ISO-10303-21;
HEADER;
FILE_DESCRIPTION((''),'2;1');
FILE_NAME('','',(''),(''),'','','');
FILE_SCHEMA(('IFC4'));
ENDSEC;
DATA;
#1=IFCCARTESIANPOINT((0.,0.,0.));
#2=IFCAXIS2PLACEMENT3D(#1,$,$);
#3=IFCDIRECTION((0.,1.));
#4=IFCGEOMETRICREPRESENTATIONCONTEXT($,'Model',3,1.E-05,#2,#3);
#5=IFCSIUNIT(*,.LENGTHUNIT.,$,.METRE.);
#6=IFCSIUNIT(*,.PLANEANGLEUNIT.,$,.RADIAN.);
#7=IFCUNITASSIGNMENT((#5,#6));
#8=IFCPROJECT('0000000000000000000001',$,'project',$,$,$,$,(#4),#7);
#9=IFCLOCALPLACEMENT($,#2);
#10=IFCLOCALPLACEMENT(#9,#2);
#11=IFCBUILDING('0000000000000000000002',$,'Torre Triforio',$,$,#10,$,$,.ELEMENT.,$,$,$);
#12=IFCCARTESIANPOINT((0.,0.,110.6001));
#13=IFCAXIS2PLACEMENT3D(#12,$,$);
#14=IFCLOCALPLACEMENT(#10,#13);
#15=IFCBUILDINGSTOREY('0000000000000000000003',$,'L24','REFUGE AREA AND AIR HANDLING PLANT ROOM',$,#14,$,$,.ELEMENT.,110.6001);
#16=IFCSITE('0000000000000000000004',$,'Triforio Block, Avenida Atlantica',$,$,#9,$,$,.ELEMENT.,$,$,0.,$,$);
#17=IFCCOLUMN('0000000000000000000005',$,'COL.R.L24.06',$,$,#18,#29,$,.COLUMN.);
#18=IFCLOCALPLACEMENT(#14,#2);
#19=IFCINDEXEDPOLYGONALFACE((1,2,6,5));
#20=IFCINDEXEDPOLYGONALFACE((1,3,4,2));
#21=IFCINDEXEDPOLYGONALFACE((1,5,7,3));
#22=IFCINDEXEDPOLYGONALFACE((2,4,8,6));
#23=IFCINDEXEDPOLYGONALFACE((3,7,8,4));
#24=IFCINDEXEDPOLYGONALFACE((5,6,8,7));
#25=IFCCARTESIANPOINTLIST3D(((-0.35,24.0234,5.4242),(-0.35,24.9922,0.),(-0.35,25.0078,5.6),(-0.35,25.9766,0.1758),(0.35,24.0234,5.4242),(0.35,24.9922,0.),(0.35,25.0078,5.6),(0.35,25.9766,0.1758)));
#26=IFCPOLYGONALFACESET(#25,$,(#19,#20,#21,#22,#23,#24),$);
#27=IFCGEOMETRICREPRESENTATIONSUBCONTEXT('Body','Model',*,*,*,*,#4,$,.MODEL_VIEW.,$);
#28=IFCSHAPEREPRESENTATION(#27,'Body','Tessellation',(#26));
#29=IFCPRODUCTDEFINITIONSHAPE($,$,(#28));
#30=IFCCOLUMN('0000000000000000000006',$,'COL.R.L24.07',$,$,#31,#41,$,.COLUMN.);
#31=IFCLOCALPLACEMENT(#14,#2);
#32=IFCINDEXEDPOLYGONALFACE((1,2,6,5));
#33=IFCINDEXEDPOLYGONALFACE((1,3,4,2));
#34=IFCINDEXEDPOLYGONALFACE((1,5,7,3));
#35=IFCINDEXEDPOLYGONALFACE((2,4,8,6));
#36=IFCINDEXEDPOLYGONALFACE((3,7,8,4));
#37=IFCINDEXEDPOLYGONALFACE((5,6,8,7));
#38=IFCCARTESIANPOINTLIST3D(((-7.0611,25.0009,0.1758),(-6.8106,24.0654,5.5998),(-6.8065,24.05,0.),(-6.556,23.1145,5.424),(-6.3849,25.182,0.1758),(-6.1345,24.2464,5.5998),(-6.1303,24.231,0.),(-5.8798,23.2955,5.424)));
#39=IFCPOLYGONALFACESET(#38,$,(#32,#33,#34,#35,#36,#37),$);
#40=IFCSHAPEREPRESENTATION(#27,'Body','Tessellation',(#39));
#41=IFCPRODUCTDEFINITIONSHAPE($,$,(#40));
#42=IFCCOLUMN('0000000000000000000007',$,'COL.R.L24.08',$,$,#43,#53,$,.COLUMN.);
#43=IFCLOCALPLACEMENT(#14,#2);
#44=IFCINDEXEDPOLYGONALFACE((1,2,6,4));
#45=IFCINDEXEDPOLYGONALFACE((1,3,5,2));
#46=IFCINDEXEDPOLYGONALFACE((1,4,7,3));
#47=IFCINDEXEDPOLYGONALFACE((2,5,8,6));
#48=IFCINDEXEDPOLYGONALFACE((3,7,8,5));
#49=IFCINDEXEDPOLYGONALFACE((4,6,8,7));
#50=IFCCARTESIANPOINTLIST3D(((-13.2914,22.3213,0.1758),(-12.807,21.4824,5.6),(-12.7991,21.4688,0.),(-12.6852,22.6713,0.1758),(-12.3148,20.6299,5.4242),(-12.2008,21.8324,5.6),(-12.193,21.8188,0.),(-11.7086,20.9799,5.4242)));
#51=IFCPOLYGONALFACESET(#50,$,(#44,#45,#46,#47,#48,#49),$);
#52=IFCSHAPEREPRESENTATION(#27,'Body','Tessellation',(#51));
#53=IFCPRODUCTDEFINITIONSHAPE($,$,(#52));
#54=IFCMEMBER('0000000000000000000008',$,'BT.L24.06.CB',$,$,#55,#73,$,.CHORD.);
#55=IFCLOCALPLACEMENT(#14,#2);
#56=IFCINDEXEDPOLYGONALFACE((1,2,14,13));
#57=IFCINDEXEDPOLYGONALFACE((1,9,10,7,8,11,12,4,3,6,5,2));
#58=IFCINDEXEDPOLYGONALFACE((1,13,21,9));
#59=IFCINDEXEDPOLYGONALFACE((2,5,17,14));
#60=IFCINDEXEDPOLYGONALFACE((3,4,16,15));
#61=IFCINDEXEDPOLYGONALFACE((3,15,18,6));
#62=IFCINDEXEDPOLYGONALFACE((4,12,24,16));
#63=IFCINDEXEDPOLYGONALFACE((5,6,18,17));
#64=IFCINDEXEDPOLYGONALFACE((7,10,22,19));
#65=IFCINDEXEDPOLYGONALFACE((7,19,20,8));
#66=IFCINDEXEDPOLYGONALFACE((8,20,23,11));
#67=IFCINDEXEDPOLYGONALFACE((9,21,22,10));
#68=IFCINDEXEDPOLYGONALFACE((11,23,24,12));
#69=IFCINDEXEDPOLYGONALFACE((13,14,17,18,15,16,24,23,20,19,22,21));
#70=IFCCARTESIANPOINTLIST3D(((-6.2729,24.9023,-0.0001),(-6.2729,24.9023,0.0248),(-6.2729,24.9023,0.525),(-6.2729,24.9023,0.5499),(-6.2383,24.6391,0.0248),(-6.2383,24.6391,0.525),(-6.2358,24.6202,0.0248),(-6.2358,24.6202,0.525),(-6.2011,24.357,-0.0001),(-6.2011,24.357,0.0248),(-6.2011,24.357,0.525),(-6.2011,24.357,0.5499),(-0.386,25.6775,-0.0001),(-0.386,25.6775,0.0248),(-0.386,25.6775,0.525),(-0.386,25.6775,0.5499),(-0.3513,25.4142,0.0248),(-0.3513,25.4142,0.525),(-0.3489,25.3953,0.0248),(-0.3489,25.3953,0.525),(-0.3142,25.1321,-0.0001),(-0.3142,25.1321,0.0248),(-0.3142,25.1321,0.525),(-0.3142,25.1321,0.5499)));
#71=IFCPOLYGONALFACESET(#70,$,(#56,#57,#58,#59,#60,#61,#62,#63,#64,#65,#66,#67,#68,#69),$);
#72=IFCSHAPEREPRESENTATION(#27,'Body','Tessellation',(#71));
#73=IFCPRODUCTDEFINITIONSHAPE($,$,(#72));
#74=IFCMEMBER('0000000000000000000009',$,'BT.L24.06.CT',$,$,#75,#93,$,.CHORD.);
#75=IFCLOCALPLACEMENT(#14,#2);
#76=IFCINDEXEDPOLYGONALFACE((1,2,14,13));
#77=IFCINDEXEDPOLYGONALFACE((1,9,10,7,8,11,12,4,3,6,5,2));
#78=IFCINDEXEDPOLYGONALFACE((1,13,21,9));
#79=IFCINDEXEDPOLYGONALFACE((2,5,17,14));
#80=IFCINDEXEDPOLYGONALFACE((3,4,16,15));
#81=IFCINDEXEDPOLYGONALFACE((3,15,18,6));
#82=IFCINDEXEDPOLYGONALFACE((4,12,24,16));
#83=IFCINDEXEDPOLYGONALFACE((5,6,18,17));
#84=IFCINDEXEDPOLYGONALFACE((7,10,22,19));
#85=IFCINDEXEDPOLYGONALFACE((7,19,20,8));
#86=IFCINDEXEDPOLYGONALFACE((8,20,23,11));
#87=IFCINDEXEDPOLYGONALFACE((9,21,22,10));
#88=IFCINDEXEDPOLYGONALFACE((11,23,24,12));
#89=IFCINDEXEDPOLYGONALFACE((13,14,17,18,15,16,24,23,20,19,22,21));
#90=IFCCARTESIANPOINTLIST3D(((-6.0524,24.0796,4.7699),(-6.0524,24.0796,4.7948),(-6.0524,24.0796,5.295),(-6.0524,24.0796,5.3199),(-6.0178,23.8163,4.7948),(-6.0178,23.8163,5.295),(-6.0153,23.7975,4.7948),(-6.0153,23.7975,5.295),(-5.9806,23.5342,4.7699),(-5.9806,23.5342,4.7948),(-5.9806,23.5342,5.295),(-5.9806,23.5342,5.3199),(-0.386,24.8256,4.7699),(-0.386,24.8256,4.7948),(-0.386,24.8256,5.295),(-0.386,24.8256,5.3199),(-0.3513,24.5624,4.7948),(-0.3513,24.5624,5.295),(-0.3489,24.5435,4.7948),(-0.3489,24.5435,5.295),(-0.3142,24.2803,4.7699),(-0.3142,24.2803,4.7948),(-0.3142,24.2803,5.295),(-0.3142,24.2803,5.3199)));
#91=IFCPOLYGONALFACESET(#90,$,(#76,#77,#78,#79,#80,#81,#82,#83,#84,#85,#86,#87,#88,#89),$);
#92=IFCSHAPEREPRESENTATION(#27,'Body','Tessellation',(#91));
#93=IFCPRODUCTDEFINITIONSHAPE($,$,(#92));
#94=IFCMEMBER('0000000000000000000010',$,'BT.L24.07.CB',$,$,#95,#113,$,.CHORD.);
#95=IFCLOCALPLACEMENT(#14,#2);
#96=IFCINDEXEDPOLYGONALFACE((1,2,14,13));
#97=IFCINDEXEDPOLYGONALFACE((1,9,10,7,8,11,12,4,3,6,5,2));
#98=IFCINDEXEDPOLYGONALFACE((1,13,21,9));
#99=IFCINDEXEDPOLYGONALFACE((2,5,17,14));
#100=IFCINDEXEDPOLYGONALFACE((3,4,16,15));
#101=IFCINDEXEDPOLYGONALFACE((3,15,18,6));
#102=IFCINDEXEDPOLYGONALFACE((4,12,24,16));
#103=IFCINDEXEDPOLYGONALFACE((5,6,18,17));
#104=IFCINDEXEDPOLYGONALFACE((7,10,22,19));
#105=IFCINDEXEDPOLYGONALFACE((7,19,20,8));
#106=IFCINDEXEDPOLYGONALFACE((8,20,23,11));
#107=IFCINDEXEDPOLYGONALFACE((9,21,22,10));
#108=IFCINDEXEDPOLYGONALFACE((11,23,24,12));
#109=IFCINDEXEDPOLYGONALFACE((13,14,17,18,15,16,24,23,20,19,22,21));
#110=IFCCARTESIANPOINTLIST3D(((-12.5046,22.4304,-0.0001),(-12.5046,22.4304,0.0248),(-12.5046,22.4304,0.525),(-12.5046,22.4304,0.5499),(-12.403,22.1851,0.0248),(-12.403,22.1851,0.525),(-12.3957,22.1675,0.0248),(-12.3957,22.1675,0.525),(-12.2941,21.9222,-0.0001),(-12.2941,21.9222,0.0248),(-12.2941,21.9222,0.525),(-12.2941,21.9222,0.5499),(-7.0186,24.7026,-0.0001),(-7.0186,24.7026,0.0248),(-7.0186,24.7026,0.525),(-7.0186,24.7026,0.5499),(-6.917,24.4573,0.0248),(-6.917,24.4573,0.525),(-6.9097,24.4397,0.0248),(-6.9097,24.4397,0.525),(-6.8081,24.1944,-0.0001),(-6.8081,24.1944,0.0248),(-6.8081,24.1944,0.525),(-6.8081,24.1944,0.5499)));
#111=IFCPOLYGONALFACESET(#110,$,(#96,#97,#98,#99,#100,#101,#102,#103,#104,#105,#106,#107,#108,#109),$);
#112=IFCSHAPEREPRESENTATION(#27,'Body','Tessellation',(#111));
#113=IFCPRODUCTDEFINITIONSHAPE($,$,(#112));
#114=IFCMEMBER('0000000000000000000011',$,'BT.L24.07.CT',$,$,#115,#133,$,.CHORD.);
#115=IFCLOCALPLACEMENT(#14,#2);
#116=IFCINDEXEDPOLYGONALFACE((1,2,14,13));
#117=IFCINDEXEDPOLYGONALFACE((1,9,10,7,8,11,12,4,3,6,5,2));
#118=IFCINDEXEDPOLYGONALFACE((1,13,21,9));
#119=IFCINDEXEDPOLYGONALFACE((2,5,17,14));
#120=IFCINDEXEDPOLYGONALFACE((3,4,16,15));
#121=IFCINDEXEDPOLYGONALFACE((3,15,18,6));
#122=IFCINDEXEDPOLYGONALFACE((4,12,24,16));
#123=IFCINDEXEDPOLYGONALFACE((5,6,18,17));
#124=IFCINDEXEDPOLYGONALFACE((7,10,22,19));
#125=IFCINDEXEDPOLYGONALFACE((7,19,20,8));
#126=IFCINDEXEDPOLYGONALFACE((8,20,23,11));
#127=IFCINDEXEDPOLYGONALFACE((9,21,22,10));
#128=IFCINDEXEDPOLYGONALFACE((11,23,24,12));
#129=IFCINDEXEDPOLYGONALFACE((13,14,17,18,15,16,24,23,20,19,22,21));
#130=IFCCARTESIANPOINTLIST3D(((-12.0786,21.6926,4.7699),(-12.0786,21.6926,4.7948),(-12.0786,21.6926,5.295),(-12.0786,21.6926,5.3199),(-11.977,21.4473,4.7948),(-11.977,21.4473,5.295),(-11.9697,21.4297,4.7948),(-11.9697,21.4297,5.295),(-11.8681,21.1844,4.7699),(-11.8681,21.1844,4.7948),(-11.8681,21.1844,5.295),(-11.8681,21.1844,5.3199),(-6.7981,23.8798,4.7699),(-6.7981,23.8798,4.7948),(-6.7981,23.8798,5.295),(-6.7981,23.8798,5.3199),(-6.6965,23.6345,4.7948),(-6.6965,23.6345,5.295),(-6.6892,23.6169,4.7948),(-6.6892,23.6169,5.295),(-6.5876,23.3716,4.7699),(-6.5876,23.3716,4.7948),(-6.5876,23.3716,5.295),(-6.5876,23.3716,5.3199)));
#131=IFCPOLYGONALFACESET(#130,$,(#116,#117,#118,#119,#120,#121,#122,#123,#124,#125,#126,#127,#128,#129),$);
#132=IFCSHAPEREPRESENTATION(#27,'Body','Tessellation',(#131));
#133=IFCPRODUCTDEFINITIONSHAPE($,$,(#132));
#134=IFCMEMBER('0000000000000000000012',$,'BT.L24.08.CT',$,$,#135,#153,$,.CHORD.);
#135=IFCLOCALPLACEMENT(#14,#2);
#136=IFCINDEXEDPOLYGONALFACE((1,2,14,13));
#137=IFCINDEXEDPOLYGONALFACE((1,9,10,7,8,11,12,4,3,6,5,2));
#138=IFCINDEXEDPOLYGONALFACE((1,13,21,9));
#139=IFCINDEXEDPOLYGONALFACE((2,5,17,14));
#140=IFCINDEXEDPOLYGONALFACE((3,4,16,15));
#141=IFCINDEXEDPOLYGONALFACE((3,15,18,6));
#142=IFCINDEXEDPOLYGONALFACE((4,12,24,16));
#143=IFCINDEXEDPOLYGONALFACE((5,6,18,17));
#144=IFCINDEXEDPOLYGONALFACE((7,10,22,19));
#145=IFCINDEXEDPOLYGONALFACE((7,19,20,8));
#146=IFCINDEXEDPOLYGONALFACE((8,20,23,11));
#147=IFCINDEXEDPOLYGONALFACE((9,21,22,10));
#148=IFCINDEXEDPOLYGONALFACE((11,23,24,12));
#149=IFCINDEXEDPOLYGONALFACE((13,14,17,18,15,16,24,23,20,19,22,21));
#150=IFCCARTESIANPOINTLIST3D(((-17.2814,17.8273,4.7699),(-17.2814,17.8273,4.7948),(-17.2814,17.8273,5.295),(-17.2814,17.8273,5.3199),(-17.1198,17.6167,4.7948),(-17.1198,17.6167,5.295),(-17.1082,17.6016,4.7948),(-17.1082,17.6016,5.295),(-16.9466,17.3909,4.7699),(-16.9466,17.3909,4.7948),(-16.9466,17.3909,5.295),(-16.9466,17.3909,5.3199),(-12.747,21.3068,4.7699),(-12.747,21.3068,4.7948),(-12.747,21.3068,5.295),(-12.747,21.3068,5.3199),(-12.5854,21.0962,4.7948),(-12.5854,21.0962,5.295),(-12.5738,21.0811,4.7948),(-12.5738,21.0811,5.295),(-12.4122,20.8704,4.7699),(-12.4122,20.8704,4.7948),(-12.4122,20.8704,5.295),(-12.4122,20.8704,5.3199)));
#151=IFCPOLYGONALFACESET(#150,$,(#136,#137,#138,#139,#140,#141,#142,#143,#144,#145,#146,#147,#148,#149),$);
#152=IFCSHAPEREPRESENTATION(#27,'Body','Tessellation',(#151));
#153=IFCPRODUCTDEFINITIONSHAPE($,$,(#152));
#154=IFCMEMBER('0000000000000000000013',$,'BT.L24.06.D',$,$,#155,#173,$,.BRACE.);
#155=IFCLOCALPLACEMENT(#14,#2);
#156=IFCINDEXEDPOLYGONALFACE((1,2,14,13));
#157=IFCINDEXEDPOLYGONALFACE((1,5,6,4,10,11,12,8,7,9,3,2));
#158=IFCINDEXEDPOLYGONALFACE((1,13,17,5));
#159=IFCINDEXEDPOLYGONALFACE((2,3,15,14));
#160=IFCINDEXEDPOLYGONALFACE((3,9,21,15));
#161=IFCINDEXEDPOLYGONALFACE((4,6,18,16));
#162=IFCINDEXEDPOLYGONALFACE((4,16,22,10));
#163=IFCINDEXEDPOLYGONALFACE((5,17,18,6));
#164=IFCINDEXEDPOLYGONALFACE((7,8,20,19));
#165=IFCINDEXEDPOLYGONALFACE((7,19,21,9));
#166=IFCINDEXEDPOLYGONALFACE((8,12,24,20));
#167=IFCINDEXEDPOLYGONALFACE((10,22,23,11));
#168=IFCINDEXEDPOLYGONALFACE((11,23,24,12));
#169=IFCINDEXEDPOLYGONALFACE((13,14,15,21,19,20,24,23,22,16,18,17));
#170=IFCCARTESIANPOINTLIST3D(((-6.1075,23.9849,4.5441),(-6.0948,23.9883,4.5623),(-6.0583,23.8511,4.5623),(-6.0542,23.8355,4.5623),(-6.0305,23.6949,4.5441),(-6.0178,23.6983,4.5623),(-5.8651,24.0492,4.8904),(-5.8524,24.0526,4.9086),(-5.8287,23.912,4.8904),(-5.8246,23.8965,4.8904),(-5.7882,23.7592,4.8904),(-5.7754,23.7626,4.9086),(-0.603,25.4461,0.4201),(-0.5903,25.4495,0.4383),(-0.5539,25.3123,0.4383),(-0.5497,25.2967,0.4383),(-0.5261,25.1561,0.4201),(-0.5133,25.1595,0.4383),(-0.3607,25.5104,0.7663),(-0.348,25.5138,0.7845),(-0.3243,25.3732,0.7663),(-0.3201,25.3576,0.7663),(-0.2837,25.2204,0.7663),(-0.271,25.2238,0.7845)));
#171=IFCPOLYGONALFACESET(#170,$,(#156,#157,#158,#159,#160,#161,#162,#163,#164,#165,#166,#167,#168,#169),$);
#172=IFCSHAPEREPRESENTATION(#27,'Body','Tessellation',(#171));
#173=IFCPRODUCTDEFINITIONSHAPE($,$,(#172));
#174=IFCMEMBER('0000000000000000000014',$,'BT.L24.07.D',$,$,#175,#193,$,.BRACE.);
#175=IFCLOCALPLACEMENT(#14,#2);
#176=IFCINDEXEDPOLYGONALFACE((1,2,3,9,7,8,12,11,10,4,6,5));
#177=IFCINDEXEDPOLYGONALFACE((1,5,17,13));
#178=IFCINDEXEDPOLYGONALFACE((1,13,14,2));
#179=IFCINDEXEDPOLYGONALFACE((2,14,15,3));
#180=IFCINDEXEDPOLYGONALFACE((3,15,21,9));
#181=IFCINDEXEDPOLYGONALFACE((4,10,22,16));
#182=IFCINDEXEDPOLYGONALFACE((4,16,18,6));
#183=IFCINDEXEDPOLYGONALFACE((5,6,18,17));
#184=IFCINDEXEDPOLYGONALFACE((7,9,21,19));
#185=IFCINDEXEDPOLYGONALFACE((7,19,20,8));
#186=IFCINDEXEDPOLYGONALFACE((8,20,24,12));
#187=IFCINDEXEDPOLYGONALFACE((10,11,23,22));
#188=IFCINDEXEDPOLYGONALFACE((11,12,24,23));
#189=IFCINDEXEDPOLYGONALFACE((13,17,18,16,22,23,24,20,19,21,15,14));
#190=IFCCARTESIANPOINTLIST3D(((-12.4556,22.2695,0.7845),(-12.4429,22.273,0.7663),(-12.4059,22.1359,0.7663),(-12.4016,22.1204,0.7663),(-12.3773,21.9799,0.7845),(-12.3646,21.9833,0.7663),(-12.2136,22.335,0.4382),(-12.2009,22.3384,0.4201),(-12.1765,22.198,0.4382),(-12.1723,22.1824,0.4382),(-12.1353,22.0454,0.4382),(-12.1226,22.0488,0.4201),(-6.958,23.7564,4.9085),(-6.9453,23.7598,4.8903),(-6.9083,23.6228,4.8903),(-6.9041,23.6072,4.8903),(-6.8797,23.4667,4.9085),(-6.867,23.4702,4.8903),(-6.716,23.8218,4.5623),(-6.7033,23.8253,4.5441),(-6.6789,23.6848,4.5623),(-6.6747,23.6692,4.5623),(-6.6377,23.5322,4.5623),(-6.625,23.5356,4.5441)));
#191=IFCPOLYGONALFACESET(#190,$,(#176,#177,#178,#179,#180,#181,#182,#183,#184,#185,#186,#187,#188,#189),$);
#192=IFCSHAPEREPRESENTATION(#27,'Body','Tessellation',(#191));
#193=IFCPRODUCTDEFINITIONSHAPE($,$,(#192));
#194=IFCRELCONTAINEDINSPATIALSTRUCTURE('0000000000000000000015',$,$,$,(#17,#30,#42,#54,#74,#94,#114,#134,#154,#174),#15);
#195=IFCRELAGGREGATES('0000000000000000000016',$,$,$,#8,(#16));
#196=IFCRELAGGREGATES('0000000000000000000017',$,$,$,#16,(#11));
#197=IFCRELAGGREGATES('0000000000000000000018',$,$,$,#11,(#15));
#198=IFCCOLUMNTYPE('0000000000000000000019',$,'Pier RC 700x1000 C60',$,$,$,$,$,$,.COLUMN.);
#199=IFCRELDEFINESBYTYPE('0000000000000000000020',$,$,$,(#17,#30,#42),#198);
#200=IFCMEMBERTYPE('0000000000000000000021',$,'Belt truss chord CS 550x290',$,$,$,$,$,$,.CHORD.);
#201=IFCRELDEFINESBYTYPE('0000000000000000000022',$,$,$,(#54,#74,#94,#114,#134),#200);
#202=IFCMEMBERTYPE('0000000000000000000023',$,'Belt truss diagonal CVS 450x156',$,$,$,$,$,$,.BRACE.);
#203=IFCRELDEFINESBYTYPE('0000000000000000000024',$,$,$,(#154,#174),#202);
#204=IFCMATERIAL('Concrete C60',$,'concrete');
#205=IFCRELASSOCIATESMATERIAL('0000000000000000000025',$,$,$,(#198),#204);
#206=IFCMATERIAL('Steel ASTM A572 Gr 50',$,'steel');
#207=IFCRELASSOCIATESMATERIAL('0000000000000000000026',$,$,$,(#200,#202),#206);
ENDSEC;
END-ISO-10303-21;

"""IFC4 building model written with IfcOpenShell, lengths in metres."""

from ifc_helpers import new_model, si_unit, direction, frame, origin, origin_2d, place, context, subcontext, project, spatial, rectangle, i_section, extrude, material, material_profile, profile_set, type_object, element, save


model = new_model("IFC4")

# Units and contexts
model_context = context("Model", 3, precision=1e-05, world=origin(), true_north=direction((0.0, 1.0)))
body_context = subcontext(model_context, "Body", "Model", "MODEL_VIEW")
ifc_project = project(units=[si_unit("LENGTHUNIT", "METRE"), si_unit("PLANEANGLEUNIT", "RADIAN")], contexts=[model_context])

# Site, building, storey
site_placement = place(None, origin())
site = spatial("IfcSite", under=ifc_project, at=site_placement, Name="Triforio Block, Avenida Atlantica", CompositionType="ELEMENT", RefElevation=0.0)
building_placement = place(site_placement, origin())
building = spatial("IfcBuilding", under=site, at=building_placement, Name="Torre Triforio", CompositionType="ELEMENT")
storey_placement = place(building_placement, frame((0.0, 0.0, 110.6001)))
storey = spatial("IfcBuildingStorey", under=building, at=storey_placement, Name="L24", Description="REFUGE AREA AND AIR HANDLING PLANT ROOM", CompositionType="ELEMENT", Elevation=110.6001)

# Columns
ifc_material_1 = material(Name="Concrete C60", Category="concrete")
ifc_material_profile_1 = material_profile(ifc_material_1, rectangle(XDim=0.7, YDim=1.0, at=origin_2d()), Name="RC 700x1000")
ifc_profile_set_1 = profile_set([ifc_material_profile_1], Name="Concrete C60")
column_type = type_object("IfcColumnType", Name="Pier RC 700x1000 C60", PredefinedType="COLUMN", material=ifc_profile_set_1)
column_1_placement = place(storey_placement, frame((0.0, 25.4844, 0.0879), z_axis=(0.0, -0.17582, 0.984422), x_axis=(1.0, 0.0, 0.0)))
element("IfcColumn", 1, at=column_1_placement, inside=storey, type_object=column_type, Name="COL.R.L24.06", PredefinedType="COLUMN", context=body_context, shape_type="SweptSolid", body=[
    extrude(rectangle(XDim=0.7, YDim=1.0, at=origin_2d()), origin(), (0.0, 0.0, 1.0), 5.51),
])
column_2_placement = place(storey_placement, frame((-6.5957, 24.616, 0.0879), z_axis=(0.045462, -0.169795, 0.98443), x_axis=(0.965975, 0.258635, 0.0)))
element("IfcColumn", 2, at=column_2_placement, inside=storey, type_object=column_type, Name="COL.R.L24.07", PredefinedType="COLUMN", context=body_context, shape_type="SweptSolid", body=[
    extrude(rectangle(XDim=0.7, YDim=1.0, at=origin_2d()), origin(), (0.0, 0.0, 1.0), 5.5098),
])
column_3_placement = place(storey_placement, frame((-12.7422, 22.0701, 0.0879), z_axis=(0.08791, -0.152248, 0.984425), x_axis=(0.866001, 0.500042, 0.0)))
element("IfcColumn", 3, at=column_3_placement, inside=storey, type_object=column_type, Name="COL.R.L24.08", PredefinedType="COLUMN", context=body_context, shape_type="SweptSolid", body=[
    extrude(rectangle(XDim=0.7, YDim=1.0, at=origin_2d()), origin(), (0.0, 0.0, 1.0), 5.51),
])

# Members
ifc_material_2 = material(Name="Steel ASTM A572 Gr 50", Category="steel")
ifc_material_profile_2 = material_profile(ifc_material_2, i_section(OverallWidth=0.55, OverallDepth=0.55, WebThickness=0.019, FlangeThickness=0.0249, at=origin_2d()), Name="CS 550x290")
ifc_profile_set_2 = profile_set([ifc_material_profile_2], Name="Steel ASTM A572 Gr 50")
member_type_1 = type_object("IfcMemberType", Name="Belt truss chord CS 550x290", PredefinedType="CHORD", material=ifc_profile_set_2)
member_1_placement = place(storey_placement, frame((-0.3501, 25.4048, 0.2749), z_axis=(-0.991442, -0.130545, 0.0), x_axis=(0.130545, -0.991442, 0.0)))
element("IfcMember", 4, at=member_1_placement, inside=storey, type_object=member_type_1, Name="BT.L24.06.CB", PredefinedType="CHORD", context=body_context, shape_type="SweptSolid", body=[
    extrude(i_section(OverallWidth=0.55, OverallDepth=0.55, WebThickness=0.019, FlangeThickness=0.0249, at=origin_2d()), origin(), (0.0, 0.0, 1.0), 5.9377),
])
member_2_placement = place(storey_placement, frame((-0.3501, 24.553, 5.0449), z_axis=(-0.991443, -0.130541, 0.0), x_axis=(0.130541, -0.991443, 0.0)))
element("IfcMember", 5, at=member_2_placement, inside=storey, type_object=member_type_1, Name="BT.L24.06.CT", PredefinedType="CHORD", context=body_context, shape_type="SweptSolid", body=[
    extrude(i_section(OverallWidth=0.55, OverallDepth=0.55, WebThickness=0.019, FlangeThickness=0.0249, at=origin_2d()), origin(), (0.0, 0.0, 1.0), 5.7153),
])
member_3_placement = place(storey_placement, frame((-6.9133, 24.4485, 0.2749), z_axis=(-0.923891, -0.382656, 0.0), x_axis=(0.382656, -0.923891, 0.0)))
element("IfcMember", 6, at=member_3_placement, inside=storey, type_object=member_type_1, Name="BT.L24.07.CB", PredefinedType="CHORD", context=body_context, shape_type="SweptSolid", body=[
    extrude(i_section(OverallWidth=0.55, OverallDepth=0.55, WebThickness=0.019, FlangeThickness=0.0249, at=origin_2d()), origin(), (0.0, 0.0, 1.0), 5.938),
])
for number, where, z_axis, x_axis, name in (
    (7, (-6.6929, 23.6257, 5.0449), (-0.92388, -0.382683, 0.0), (0.382683, -0.92388, 0.0), "BT.L24.07.CT"),
    (8, (-12.5796, 21.0886, 5.0449), (-0.793344, -0.608773, 0.0), (0.608773, -0.793344, 0.0), "BT.L24.08.CT"),
):
    element("IfcMember", number, at=place(storey_placement, frame(where, z_axis=z_axis, x_axis=x_axis)), inside=storey, type_object=member_type_1, Name=name, PredefinedType="CHORD", context=body_context, shape_type="SweptSolid", body=[
        extrude(i_section(OverallWidth=0.55, OverallDepth=0.55, WebThickness=0.019, FlangeThickness=0.0249, at=origin_2d()), origin(), (0.0, 0.0, 1.0), 5.7156),
    ])
ifc_material_profile_3 = material_profile(ifc_material_2, i_section(OverallWidth=0.3, OverallDepth=0.45, WebThickness=0.0161, FlangeThickness=0.0225, at=origin_2d()), Name="CVS 450x156")
ifc_profile_set_3 = profile_set([ifc_material_profile_3], Name="Steel ASTM A572 Gr 50")
member_type_2 = type_object("IfcMemberType", Name="Belt truss diagonal CVS 450x156", PredefinedType="BRACE", material=ifc_profile_set_3)
for number, where, z_axis, x_axis, name in (
    (9, (-0.437, 25.335, 0.6023), (-0.782827, -0.207807, 0.586513), (0.256571, -0.966525, 0.0), "BT.L24.06.D"),
    (10, (-6.7915, 23.646, 4.7263), (-0.781852, -0.211452, -0.586511), (0.261071, -0.96532, 0.0), "BT.L24.07.D"),
):
    element("IfcMember", number, at=place(storey_placement, frame(where, z_axis=z_axis, x_axis=x_axis)), inside=storey, type_object=member_type_2, Name=name, PredefinedType="BRACE", context=body_context, shape_type="SweptSolid", body=[
        extrude(i_section(OverallWidth=0.3, OverallDepth=0.45, WebThickness=0.0161, FlangeThickness=0.0225, at=origin_2d()), origin(), (0.0, 0.0, 1.0), 7.0315),
    ])

save(model, "model.ifc")
